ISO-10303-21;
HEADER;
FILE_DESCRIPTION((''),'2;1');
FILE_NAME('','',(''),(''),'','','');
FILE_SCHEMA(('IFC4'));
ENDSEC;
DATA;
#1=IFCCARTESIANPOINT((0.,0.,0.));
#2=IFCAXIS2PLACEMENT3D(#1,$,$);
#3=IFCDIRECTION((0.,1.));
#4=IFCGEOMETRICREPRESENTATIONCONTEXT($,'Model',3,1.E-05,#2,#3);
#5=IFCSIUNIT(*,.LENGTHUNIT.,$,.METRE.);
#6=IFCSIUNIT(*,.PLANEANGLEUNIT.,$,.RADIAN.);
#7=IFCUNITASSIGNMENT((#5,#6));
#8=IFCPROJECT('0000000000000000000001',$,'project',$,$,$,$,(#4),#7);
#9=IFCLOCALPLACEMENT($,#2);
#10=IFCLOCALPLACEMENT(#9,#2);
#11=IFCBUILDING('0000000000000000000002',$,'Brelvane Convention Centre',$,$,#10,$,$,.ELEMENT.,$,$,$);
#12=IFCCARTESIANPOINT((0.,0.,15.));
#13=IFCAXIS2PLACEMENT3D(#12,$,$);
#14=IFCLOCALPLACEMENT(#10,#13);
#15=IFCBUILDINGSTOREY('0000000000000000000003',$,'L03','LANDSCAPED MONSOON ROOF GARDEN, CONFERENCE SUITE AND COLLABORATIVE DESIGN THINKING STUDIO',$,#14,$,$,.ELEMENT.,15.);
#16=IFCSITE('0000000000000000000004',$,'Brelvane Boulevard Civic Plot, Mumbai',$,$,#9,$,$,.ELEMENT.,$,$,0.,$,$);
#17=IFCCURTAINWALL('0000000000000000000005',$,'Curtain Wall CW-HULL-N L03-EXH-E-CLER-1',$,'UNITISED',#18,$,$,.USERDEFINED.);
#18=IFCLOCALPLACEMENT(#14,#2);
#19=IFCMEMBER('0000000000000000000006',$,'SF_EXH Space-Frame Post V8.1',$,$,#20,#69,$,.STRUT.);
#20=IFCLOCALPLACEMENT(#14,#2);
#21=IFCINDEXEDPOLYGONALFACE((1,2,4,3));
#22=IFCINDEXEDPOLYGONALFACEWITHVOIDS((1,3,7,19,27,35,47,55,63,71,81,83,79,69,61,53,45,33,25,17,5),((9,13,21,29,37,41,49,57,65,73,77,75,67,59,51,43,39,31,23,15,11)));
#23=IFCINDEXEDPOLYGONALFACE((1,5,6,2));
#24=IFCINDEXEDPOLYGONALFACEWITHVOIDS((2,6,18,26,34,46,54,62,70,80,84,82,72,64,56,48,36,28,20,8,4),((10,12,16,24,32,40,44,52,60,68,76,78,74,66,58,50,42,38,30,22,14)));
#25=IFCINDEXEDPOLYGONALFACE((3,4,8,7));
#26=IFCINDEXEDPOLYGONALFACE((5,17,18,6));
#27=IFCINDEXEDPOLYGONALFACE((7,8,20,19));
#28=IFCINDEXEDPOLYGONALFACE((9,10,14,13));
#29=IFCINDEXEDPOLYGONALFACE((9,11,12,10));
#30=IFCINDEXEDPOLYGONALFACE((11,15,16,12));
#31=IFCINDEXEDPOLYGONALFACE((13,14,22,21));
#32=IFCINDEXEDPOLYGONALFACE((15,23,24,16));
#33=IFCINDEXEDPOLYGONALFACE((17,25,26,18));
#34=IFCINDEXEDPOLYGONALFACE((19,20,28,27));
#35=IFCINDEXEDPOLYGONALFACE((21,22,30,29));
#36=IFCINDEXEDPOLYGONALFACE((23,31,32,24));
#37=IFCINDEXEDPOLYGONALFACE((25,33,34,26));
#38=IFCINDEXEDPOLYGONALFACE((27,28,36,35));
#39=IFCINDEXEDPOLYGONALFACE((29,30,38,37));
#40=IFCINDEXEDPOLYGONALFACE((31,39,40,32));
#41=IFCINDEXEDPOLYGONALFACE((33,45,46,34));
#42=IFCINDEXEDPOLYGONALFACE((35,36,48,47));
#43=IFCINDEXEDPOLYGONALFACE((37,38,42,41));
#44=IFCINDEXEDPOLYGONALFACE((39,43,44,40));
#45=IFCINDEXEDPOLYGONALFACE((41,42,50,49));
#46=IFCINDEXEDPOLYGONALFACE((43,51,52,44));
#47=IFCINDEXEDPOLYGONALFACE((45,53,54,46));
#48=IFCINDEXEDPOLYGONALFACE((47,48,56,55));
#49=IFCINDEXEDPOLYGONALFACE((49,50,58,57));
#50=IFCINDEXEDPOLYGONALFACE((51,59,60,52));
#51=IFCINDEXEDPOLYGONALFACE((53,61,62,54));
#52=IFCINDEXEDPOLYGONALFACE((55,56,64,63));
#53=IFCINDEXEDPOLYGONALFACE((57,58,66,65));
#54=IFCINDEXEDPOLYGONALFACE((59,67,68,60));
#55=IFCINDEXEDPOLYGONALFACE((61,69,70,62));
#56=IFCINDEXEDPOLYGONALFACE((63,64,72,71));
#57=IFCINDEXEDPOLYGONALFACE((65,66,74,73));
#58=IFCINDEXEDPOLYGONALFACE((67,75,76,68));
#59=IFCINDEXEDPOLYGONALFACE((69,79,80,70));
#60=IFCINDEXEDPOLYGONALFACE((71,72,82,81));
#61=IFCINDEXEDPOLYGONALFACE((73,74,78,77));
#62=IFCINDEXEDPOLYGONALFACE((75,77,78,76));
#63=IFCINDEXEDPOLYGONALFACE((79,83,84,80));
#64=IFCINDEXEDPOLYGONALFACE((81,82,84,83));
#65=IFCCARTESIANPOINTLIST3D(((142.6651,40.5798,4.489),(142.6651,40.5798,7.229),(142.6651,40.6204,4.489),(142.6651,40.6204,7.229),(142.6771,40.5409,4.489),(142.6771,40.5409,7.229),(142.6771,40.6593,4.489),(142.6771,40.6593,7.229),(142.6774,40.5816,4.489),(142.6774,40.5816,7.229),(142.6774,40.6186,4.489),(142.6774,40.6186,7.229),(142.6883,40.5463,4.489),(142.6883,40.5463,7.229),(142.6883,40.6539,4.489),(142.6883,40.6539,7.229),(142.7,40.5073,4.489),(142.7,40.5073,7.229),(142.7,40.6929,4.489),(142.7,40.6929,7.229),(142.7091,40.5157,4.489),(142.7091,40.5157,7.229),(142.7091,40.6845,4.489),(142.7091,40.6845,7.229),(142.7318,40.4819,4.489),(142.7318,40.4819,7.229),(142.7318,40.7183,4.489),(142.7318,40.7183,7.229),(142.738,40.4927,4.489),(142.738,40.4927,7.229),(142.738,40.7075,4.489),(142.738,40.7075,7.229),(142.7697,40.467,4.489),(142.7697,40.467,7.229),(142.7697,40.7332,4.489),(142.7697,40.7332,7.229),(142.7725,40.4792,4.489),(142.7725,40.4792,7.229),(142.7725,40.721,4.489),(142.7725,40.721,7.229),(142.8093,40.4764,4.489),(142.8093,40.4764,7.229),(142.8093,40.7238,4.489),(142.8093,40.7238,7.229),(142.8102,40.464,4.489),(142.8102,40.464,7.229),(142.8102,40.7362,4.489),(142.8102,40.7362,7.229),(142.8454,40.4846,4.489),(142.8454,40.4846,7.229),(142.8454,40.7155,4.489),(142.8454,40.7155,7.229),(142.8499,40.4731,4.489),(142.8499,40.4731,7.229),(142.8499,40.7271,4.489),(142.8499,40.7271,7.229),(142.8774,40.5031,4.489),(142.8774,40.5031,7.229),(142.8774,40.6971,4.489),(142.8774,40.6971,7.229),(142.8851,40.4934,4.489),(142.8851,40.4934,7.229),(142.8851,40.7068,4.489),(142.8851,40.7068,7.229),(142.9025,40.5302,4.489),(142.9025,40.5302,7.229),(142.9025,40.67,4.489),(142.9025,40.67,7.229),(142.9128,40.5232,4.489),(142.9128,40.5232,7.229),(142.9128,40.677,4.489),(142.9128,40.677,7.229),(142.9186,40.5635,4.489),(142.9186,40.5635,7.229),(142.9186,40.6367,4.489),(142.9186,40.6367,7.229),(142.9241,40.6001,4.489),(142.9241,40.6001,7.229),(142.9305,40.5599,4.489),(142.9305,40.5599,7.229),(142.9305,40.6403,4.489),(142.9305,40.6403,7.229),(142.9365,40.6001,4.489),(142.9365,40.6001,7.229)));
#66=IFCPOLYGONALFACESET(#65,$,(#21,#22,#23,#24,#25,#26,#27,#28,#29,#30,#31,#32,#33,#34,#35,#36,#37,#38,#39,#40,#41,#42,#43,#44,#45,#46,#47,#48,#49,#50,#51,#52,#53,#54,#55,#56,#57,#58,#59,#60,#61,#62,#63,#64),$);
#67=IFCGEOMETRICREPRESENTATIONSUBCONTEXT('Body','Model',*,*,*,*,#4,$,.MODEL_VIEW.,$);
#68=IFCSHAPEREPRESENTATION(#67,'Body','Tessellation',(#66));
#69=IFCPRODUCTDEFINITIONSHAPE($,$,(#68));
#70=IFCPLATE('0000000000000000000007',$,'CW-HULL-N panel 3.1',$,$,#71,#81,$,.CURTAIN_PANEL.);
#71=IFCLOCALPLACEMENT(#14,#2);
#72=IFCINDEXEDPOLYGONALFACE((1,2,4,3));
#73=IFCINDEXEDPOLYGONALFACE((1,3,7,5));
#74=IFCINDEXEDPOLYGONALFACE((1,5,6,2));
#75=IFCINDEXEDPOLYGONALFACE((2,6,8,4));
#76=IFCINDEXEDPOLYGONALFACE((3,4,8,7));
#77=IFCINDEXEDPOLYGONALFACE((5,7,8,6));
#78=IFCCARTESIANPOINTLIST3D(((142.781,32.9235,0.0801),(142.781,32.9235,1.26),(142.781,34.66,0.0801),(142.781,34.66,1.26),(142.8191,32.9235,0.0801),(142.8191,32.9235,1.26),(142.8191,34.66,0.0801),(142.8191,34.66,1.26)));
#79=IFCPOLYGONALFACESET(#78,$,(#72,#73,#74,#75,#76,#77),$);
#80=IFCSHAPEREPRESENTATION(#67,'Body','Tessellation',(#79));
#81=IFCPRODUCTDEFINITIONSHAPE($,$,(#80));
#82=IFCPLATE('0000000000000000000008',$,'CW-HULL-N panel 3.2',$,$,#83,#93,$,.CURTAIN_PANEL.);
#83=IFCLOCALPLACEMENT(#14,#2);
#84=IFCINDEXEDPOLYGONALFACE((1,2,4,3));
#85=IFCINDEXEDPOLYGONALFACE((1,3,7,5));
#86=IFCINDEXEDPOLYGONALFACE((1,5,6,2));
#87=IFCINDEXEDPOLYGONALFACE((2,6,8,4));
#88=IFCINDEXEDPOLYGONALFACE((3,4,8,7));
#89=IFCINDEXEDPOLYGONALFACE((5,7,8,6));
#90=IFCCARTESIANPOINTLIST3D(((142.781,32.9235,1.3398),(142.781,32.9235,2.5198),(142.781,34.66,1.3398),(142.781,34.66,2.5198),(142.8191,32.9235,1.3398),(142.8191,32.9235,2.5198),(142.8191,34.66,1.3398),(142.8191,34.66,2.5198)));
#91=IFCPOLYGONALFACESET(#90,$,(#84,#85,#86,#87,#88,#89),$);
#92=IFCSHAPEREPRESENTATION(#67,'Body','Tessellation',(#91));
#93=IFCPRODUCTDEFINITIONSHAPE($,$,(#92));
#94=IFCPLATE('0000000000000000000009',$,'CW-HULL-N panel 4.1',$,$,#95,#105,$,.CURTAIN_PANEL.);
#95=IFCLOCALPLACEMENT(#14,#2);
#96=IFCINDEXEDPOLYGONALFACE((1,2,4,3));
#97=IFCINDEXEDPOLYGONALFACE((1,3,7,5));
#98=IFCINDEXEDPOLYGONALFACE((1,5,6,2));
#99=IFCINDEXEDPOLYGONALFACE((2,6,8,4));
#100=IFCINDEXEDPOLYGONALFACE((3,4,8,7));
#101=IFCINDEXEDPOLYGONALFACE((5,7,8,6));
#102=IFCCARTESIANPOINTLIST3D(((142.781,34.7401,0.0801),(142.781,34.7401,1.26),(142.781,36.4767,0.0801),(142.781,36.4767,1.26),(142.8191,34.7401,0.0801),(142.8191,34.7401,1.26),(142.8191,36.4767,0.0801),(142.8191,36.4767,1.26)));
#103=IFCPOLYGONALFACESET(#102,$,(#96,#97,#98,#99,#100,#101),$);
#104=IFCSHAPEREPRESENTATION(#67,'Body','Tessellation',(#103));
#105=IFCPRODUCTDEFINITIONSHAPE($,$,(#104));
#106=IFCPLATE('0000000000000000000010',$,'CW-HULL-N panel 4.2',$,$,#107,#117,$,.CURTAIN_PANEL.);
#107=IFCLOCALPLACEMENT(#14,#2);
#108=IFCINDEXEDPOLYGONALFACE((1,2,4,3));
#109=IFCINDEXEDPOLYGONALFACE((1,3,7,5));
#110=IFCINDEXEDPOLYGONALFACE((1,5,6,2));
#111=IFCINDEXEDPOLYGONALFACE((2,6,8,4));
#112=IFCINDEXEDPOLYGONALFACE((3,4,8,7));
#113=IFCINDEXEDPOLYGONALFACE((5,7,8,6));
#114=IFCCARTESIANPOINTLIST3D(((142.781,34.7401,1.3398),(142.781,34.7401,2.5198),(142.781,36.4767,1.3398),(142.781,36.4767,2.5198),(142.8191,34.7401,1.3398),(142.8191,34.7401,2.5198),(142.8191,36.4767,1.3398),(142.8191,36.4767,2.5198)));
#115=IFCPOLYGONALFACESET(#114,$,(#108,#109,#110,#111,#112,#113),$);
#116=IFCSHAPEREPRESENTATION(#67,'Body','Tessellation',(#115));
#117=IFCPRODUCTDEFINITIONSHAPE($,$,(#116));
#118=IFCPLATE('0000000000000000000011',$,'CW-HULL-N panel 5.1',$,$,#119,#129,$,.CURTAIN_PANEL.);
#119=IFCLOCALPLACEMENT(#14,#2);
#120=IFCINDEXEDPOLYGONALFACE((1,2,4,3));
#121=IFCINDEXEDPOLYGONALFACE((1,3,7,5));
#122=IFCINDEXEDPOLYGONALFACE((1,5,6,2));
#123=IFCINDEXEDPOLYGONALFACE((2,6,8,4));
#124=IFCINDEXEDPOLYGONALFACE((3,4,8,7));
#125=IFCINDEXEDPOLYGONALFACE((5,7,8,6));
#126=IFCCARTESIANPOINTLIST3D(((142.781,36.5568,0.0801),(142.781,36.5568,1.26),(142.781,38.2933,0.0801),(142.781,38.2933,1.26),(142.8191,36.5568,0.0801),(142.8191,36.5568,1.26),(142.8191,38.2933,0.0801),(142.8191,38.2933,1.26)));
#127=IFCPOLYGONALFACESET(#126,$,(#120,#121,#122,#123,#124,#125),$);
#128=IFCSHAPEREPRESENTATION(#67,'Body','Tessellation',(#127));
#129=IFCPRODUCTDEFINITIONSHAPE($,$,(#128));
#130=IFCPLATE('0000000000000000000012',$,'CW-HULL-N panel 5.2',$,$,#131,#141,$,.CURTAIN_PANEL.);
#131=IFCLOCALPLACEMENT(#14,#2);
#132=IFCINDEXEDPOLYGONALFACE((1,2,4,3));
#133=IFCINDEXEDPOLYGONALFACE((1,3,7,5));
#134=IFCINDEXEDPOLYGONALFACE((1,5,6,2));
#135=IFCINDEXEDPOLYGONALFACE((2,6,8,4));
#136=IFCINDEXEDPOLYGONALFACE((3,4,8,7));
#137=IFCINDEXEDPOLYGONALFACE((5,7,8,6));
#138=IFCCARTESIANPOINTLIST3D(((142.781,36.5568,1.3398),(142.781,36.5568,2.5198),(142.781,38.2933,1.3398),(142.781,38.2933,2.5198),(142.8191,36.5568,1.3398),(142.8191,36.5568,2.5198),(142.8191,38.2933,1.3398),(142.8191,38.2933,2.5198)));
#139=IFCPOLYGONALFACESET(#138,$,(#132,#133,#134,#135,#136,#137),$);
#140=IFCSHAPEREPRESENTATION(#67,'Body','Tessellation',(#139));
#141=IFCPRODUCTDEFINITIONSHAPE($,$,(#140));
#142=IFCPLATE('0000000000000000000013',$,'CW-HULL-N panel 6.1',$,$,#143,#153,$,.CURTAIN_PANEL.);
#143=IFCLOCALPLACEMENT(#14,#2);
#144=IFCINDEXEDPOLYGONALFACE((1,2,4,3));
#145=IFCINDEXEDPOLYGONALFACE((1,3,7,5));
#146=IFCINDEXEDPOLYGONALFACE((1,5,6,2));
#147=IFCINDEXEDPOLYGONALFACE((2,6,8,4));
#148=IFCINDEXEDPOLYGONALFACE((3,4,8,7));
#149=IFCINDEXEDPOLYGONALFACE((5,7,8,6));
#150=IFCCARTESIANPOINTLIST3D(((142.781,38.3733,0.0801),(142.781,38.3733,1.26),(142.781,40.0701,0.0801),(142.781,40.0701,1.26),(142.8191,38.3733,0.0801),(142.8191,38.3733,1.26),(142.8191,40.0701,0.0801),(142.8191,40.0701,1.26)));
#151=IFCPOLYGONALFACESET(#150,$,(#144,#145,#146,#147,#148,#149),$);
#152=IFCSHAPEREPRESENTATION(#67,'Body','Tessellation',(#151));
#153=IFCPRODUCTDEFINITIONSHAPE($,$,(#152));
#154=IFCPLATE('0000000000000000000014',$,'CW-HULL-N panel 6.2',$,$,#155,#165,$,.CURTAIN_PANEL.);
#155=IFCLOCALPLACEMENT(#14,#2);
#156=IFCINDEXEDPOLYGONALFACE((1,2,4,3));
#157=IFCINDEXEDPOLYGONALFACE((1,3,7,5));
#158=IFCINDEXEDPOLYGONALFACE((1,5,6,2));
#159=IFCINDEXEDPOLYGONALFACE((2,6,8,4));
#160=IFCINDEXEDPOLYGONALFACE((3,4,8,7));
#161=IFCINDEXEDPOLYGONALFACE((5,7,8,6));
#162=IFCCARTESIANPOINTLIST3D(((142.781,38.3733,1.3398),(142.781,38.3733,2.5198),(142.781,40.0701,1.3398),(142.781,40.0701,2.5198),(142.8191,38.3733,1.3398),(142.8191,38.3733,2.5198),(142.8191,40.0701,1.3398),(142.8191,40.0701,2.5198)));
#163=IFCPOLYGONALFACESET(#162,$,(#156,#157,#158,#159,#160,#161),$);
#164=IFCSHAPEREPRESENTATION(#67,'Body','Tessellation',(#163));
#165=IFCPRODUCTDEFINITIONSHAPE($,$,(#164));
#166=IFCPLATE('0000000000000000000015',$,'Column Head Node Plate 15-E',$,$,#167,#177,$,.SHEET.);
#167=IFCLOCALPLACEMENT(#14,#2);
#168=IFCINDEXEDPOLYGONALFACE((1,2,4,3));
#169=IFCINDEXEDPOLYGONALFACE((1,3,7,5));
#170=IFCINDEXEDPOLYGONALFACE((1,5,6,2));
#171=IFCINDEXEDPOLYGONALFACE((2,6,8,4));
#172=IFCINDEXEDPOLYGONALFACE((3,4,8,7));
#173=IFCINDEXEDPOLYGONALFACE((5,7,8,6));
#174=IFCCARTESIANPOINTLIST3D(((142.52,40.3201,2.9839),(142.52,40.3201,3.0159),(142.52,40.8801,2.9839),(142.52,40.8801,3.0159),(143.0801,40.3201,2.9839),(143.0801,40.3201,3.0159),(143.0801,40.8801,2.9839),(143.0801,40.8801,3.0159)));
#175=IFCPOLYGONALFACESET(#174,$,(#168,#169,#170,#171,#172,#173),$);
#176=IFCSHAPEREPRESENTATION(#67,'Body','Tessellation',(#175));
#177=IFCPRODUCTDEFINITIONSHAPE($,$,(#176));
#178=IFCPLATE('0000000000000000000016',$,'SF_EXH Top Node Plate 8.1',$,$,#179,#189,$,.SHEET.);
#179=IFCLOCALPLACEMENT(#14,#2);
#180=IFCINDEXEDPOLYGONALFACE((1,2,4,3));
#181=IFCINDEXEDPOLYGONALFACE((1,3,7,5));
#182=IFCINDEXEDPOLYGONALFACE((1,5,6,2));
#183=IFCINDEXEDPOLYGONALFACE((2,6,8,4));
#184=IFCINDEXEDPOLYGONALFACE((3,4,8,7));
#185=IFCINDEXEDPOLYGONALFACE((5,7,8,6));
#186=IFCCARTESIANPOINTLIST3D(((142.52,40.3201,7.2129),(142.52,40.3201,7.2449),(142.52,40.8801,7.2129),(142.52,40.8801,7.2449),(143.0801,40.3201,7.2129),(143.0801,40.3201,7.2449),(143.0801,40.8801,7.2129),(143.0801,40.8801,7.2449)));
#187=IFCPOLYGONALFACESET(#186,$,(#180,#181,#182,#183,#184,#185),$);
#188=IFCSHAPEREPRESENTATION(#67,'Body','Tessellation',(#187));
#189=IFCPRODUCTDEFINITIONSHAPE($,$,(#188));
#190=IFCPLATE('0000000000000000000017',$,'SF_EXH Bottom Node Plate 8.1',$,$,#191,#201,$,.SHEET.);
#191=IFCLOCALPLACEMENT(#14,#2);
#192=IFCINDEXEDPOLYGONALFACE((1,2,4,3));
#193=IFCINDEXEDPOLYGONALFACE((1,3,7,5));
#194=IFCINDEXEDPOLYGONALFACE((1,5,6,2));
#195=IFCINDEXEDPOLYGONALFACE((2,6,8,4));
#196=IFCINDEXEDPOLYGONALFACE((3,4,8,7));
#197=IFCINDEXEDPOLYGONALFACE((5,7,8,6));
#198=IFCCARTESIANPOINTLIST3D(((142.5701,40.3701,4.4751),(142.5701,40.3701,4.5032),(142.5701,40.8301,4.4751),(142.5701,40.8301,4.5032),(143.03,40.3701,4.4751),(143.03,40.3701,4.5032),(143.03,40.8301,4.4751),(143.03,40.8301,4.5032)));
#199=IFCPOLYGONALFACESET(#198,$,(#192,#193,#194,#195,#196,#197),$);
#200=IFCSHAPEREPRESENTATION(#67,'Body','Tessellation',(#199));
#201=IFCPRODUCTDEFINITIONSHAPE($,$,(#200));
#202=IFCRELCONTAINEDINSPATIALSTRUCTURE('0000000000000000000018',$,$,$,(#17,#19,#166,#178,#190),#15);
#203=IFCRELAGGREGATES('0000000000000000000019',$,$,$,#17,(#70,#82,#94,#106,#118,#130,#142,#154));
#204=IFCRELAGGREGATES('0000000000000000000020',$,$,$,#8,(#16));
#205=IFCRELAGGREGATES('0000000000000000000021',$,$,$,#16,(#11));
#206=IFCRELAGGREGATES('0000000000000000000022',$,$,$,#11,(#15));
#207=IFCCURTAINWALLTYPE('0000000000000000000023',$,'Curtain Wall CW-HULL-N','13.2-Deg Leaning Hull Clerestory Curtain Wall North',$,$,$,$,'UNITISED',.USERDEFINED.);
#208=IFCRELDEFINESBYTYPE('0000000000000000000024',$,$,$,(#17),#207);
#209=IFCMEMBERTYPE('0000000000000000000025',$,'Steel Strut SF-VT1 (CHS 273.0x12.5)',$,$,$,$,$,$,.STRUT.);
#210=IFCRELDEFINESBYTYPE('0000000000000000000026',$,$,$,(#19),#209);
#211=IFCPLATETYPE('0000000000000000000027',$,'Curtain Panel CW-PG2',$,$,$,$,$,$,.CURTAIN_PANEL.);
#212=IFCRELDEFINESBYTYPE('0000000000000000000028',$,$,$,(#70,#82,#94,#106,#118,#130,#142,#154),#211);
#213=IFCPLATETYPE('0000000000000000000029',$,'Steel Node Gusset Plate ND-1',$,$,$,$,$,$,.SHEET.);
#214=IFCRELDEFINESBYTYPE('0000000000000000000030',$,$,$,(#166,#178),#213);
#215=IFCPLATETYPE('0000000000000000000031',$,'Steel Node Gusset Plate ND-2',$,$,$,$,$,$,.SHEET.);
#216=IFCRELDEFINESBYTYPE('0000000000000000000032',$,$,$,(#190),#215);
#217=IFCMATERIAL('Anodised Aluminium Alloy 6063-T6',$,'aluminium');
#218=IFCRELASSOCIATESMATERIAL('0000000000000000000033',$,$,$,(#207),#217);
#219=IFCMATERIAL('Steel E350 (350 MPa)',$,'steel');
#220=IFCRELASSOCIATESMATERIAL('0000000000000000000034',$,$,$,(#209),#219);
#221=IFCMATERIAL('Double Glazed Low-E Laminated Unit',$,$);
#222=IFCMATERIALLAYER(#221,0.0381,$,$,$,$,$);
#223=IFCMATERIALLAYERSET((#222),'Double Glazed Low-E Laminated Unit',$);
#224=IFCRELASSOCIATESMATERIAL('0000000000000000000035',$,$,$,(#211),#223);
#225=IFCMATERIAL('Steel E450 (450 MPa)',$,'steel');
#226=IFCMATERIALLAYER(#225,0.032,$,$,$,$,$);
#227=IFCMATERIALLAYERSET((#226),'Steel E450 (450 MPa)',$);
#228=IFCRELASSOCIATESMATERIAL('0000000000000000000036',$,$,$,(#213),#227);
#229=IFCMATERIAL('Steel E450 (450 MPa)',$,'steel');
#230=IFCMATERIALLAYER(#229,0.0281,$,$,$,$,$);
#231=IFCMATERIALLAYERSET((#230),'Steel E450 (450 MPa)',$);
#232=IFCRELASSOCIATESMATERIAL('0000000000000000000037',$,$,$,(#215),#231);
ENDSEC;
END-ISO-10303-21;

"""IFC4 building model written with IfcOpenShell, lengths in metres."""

from ifc_helpers import new_model, si_unit, direction, frame, origin, origin_2d, place, context, subcontext, project, spatial, rectangle, hollow_circle, extrude, material, layer, layer_set, material_profile, profile_set, type_object, element, aggregate, save


model = new_model("IFC4")

# Units and contexts
model_context = context("Model", 3, precision=1e-05, world=origin(), true_north=direction((0.0, 1.0)))
body_context = subcontext(model_context, "Body", "Model", "MODEL_VIEW")
ifc_project = project(units=[si_unit("LENGTHUNIT", "METRE"), si_unit("PLANEANGLEUNIT", "RADIAN")], contexts=[model_context])

# Site, building, storey
site_placement = place(None, origin())
site = spatial("IfcSite", under=ifc_project, at=site_placement, Name="Brelvane Boulevard Civic Plot, Mumbai", CompositionType="ELEMENT", RefElevation=0.0)
building_placement = place(site_placement, origin())
building = spatial("IfcBuilding", under=site, at=building_placement, Name="Brelvane Convention Centre", CompositionType="ELEMENT")
storey_placement = place(building_placement, frame((0.0, 0.0, 15.0)))
storey = spatial("IfcBuildingStorey", under=building, at=storey_placement, Name="L03", Description="LANDSCAPED MONSOON ROOF GARDEN, CONFERENCE SUITE AND COLLABORATIVE DESIGN THINKING STUDIO", CompositionType="ELEMENT", Elevation=15.0)

# Curtain wall
ifc_material_1 = material(Name="Anodised Aluminium Alloy 6063-T6", Category="aluminium")
curtain_wall_type = type_object("IfcCurtainWallType", Name="Curtain Wall CW-HULL-N", Description="13.2-Deg Leaning Hull Clerestory Curtain Wall North", ElementType="UNITISED", PredefinedType="USERDEFINED", material=ifc_material_1)
curtain_wall_1_placement = place(storey_placement, origin())
curtain_wall_1 = element("IfcCurtainWall", 1, at=curtain_wall_1_placement, inside=storey, type_object=curtain_wall_type, Name="Curtain Wall CW-HULL-N L03-EXH-E-CLER-1", ObjectType="UNITISED", PredefinedType="USERDEFINED")

# Member
ifc_material_2 = material(Name="Steel E350 (350 MPa)", Category="steel")
ifc_material_profile_1 = material_profile(ifc_material_2, hollow_circle(Radius=0.1365, WallThickness=0.0125, at=origin_2d()), Name="CHS 273.0x12.5")
ifc_profile_set_1 = profile_set([ifc_material_profile_1], Name="Steel E350 (350 MPa)")
member_type_1 = type_object("IfcMemberType", Name="Steel Strut SF-VT1 (CHS 273.0x12.5)", PredefinedType="STRUT", material=ifc_profile_set_1)
member_1_placement = place(storey_placement, frame((142.8, 40.6001, 4.489), z_axis=(0.0, 0.0, 1.0), x_axis=(1.0, 0.0, 0.0)))
element("IfcMember", 2, at=member_1_placement, inside=storey, type_object=member_type_1, Name="SF_EXH Space-Frame Post V8.1", PredefinedType="STRUT", context=body_context, shape_type="SweptSolid", body=[
    extrude(hollow_circle(Radius=0.1365, WallThickness=0.0125, at=origin_2d()), origin(), (0.0, 0.0, 1.0), 2.74),
])

# Plates
ifc_material_3 = material(Name="Double Glazed Low-E Laminated Unit")
ifc_layer_1 = layer(ifc_material_3, 0.0381)
ifc_layer_set_1 = layer_set([ifc_layer_1], Name="Double Glazed Low-E Laminated Unit")
plate_type_1 = type_object("IfcPlateType", Name="Curtain Panel CW-PG2", PredefinedType="CURTAIN_PANEL", material=ifc_layer_set_1)
plate_1_placement = place(storey_placement, frame((142.8, 33.7917, 0.0801), z_axis=(0.0, 0.0, 1.0), x_axis=(0.0, 1.0, 0.0)))
plate_1 = element("IfcPlate", 3, at=plate_1_placement, type_object=plate_type_1, Name="CW-HULL-N panel 3.1", PredefinedType="CURTAIN_PANEL", context=body_context, shape_type="SweptSolid", body=[
    extrude(rectangle(XDim=1.7366, YDim=0.0381, at=origin_2d()), origin(), (0.0, 0.0, 1.0), 1.1799),
])
plate_2_placement = place(storey_placement, frame((142.8, 33.7917, 1.3398), z_axis=(0.0, 0.0, 1.0), x_axis=(0.0, 1.0, 0.0)))
plate_2 = element("IfcPlate", 4, at=plate_2_placement, type_object=plate_type_1, Name="CW-HULL-N panel 3.2", PredefinedType="CURTAIN_PANEL", context=body_context, shape_type="SweptSolid", body=[
    extrude(rectangle(XDim=1.7366, YDim=0.0381, at=origin_2d()), origin(), (0.0, 0.0, 1.0), 1.1799),
])
plate_3_placement = place(storey_placement, frame((142.8, 35.6084, 0.0801), z_axis=(0.0, 0.0, 1.0), x_axis=(0.0, 1.0, 0.0)))
plate_3 = element("IfcPlate", 5, at=plate_3_placement, type_object=plate_type_1, Name="CW-HULL-N panel 4.1", PredefinedType="CURTAIN_PANEL", context=body_context, shape_type="SweptSolid", body=[
    extrude(rectangle(XDim=1.7366, YDim=0.0381, at=origin_2d()), origin(), (0.0, 0.0, 1.0), 1.1799),
])
plate_4_placement = place(storey_placement, frame((142.8, 35.6084, 1.3398), z_axis=(0.0, 0.0, 1.0), x_axis=(0.0, 1.0, 0.0)))
plate_4 = element("IfcPlate", 6, at=plate_4_placement, type_object=plate_type_1, Name="CW-HULL-N panel 4.2", PredefinedType="CURTAIN_PANEL", context=body_context, shape_type="SweptSolid", body=[
    extrude(rectangle(XDim=1.7366, YDim=0.0381, at=origin_2d()), origin(), (0.0, 0.0, 1.0), 1.1799),
])
plate_5_placement = place(storey_placement, frame((142.8, 37.425, 0.0801), z_axis=(0.0, 0.0, 1.0), x_axis=(0.0, 1.0, 0.0)))
plate_5 = element("IfcPlate", 7, at=plate_5_placement, type_object=plate_type_1, Name="CW-HULL-N panel 5.1", PredefinedType="CURTAIN_PANEL", context=body_context, shape_type="SweptSolid", body=[
    extrude(rectangle(XDim=1.7366, YDim=0.0381, at=origin_2d()), origin(), (0.0, 0.0, 1.0), 1.1799),
])
plate_6_placement = place(storey_placement, frame((142.8, 37.425, 1.3398), z_axis=(0.0, 0.0, 1.0), x_axis=(0.0, 1.0, 0.0)))
plate_6 = element("IfcPlate", 8, at=plate_6_placement, type_object=plate_type_1, Name="CW-HULL-N panel 5.2", PredefinedType="CURTAIN_PANEL", context=body_context, shape_type="SweptSolid", body=[
    extrude(rectangle(XDim=1.7366, YDim=0.0381, at=origin_2d()), origin(), (0.0, 0.0, 1.0), 1.1799),
])
plate_7_placement = place(storey_placement, frame((142.8, 39.2217, 0.0801), z_axis=(0.0, 0.0, 1.0), x_axis=(0.0, 1.0, 0.0)))
plate_7 = element("IfcPlate", 9, at=plate_7_placement, type_object=plate_type_1, Name="CW-HULL-N panel 6.1", PredefinedType="CURTAIN_PANEL", context=body_context, shape_type="SweptSolid", body=[
    extrude(rectangle(XDim=1.6968, YDim=0.0381, at=origin_2d()), origin(), (0.0, 0.0, 1.0), 1.1799),
])
plate_8_placement = place(storey_placement, frame((142.8, 39.2217, 1.3398), z_axis=(0.0, 0.0, 1.0), x_axis=(0.0, 1.0, 0.0)))
plate_8 = element("IfcPlate", 10, at=plate_8_placement, type_object=plate_type_1, Name="CW-HULL-N panel 6.2", PredefinedType="CURTAIN_PANEL", context=body_context, shape_type="SweptSolid", body=[
    extrude(rectangle(XDim=1.6968, YDim=0.0381, at=origin_2d()), origin(), (0.0, 0.0, 1.0), 1.1799),
])
aggregate(curtain_wall_1, [plate_1, plate_2, plate_3, plate_4, plate_5, plate_6, plate_7, plate_8])

# Plates
ifc_material_4 = material(Name="Steel E450 (450 MPa)", Category="steel")
ifc_layer_2 = layer(ifc_material_4, 0.032)
ifc_layer_set_2 = layer_set([ifc_layer_2], Name="Steel E450 (450 MPa)")
plate_type_2 = type_object("IfcPlateType", Name="Steel Node Gusset Plate ND-1", PredefinedType="SHEET", material=ifc_layer_set_2)
for number, where, z_axis, x_axis, name in (
    (11, (142.8, 40.6001, 2.9839), (0.0, 0.0, 1.0), (1.0, 0.0, 0.0), "Column Head Node Plate 15-E"),
    (12, (142.8, 40.6001, 7.2129), (0.0, 0.0, 1.0), (1.0, 0.0, 0.0), "SF_EXH Top Node Plate 8.1"),
):
    element("IfcPlate", number, at=place(storey_placement, frame(where, z_axis=z_axis, x_axis=x_axis)), inside=storey, type_object=plate_type_2, Name=name, PredefinedType="SHEET", context=body_context, shape_type="SweptSolid", body=[
        extrude(rectangle(XDim=0.5601, YDim=0.5601, at=origin_2d()), origin(), (0.0, 0.0, 1.0), 0.032),
    ])
ifc_material_5 = material(Name="Steel E450 (450 MPa)", Category="steel")
ifc_layer_3 = layer(ifc_material_5, 0.0281)
ifc_layer_set_3 = layer_set([ifc_layer_3], Name="Steel E450 (450 MPa)")
plate_type_3 = type_object("IfcPlateType", Name="Steel Node Gusset Plate ND-2", PredefinedType="SHEET", material=ifc_layer_set_3)
plate_9_placement = place(storey_placement, frame((142.8, 40.6001, 4.4751), z_axis=(0.0, 0.0, 1.0), x_axis=(1.0, 0.0, 0.0)))
element("IfcPlate", 13, at=plate_9_placement, inside=storey, type_object=plate_type_3, Name="SF_EXH Bottom Node Plate 8.1", PredefinedType="SHEET", context=body_context, shape_type="SweptSolid", body=[
    extrude(rectangle(XDim=0.46, YDim=0.46, at=origin_2d()), origin(), (0.0, 0.0, 1.0), 0.0281),
])

save(model, "model.ifc")
